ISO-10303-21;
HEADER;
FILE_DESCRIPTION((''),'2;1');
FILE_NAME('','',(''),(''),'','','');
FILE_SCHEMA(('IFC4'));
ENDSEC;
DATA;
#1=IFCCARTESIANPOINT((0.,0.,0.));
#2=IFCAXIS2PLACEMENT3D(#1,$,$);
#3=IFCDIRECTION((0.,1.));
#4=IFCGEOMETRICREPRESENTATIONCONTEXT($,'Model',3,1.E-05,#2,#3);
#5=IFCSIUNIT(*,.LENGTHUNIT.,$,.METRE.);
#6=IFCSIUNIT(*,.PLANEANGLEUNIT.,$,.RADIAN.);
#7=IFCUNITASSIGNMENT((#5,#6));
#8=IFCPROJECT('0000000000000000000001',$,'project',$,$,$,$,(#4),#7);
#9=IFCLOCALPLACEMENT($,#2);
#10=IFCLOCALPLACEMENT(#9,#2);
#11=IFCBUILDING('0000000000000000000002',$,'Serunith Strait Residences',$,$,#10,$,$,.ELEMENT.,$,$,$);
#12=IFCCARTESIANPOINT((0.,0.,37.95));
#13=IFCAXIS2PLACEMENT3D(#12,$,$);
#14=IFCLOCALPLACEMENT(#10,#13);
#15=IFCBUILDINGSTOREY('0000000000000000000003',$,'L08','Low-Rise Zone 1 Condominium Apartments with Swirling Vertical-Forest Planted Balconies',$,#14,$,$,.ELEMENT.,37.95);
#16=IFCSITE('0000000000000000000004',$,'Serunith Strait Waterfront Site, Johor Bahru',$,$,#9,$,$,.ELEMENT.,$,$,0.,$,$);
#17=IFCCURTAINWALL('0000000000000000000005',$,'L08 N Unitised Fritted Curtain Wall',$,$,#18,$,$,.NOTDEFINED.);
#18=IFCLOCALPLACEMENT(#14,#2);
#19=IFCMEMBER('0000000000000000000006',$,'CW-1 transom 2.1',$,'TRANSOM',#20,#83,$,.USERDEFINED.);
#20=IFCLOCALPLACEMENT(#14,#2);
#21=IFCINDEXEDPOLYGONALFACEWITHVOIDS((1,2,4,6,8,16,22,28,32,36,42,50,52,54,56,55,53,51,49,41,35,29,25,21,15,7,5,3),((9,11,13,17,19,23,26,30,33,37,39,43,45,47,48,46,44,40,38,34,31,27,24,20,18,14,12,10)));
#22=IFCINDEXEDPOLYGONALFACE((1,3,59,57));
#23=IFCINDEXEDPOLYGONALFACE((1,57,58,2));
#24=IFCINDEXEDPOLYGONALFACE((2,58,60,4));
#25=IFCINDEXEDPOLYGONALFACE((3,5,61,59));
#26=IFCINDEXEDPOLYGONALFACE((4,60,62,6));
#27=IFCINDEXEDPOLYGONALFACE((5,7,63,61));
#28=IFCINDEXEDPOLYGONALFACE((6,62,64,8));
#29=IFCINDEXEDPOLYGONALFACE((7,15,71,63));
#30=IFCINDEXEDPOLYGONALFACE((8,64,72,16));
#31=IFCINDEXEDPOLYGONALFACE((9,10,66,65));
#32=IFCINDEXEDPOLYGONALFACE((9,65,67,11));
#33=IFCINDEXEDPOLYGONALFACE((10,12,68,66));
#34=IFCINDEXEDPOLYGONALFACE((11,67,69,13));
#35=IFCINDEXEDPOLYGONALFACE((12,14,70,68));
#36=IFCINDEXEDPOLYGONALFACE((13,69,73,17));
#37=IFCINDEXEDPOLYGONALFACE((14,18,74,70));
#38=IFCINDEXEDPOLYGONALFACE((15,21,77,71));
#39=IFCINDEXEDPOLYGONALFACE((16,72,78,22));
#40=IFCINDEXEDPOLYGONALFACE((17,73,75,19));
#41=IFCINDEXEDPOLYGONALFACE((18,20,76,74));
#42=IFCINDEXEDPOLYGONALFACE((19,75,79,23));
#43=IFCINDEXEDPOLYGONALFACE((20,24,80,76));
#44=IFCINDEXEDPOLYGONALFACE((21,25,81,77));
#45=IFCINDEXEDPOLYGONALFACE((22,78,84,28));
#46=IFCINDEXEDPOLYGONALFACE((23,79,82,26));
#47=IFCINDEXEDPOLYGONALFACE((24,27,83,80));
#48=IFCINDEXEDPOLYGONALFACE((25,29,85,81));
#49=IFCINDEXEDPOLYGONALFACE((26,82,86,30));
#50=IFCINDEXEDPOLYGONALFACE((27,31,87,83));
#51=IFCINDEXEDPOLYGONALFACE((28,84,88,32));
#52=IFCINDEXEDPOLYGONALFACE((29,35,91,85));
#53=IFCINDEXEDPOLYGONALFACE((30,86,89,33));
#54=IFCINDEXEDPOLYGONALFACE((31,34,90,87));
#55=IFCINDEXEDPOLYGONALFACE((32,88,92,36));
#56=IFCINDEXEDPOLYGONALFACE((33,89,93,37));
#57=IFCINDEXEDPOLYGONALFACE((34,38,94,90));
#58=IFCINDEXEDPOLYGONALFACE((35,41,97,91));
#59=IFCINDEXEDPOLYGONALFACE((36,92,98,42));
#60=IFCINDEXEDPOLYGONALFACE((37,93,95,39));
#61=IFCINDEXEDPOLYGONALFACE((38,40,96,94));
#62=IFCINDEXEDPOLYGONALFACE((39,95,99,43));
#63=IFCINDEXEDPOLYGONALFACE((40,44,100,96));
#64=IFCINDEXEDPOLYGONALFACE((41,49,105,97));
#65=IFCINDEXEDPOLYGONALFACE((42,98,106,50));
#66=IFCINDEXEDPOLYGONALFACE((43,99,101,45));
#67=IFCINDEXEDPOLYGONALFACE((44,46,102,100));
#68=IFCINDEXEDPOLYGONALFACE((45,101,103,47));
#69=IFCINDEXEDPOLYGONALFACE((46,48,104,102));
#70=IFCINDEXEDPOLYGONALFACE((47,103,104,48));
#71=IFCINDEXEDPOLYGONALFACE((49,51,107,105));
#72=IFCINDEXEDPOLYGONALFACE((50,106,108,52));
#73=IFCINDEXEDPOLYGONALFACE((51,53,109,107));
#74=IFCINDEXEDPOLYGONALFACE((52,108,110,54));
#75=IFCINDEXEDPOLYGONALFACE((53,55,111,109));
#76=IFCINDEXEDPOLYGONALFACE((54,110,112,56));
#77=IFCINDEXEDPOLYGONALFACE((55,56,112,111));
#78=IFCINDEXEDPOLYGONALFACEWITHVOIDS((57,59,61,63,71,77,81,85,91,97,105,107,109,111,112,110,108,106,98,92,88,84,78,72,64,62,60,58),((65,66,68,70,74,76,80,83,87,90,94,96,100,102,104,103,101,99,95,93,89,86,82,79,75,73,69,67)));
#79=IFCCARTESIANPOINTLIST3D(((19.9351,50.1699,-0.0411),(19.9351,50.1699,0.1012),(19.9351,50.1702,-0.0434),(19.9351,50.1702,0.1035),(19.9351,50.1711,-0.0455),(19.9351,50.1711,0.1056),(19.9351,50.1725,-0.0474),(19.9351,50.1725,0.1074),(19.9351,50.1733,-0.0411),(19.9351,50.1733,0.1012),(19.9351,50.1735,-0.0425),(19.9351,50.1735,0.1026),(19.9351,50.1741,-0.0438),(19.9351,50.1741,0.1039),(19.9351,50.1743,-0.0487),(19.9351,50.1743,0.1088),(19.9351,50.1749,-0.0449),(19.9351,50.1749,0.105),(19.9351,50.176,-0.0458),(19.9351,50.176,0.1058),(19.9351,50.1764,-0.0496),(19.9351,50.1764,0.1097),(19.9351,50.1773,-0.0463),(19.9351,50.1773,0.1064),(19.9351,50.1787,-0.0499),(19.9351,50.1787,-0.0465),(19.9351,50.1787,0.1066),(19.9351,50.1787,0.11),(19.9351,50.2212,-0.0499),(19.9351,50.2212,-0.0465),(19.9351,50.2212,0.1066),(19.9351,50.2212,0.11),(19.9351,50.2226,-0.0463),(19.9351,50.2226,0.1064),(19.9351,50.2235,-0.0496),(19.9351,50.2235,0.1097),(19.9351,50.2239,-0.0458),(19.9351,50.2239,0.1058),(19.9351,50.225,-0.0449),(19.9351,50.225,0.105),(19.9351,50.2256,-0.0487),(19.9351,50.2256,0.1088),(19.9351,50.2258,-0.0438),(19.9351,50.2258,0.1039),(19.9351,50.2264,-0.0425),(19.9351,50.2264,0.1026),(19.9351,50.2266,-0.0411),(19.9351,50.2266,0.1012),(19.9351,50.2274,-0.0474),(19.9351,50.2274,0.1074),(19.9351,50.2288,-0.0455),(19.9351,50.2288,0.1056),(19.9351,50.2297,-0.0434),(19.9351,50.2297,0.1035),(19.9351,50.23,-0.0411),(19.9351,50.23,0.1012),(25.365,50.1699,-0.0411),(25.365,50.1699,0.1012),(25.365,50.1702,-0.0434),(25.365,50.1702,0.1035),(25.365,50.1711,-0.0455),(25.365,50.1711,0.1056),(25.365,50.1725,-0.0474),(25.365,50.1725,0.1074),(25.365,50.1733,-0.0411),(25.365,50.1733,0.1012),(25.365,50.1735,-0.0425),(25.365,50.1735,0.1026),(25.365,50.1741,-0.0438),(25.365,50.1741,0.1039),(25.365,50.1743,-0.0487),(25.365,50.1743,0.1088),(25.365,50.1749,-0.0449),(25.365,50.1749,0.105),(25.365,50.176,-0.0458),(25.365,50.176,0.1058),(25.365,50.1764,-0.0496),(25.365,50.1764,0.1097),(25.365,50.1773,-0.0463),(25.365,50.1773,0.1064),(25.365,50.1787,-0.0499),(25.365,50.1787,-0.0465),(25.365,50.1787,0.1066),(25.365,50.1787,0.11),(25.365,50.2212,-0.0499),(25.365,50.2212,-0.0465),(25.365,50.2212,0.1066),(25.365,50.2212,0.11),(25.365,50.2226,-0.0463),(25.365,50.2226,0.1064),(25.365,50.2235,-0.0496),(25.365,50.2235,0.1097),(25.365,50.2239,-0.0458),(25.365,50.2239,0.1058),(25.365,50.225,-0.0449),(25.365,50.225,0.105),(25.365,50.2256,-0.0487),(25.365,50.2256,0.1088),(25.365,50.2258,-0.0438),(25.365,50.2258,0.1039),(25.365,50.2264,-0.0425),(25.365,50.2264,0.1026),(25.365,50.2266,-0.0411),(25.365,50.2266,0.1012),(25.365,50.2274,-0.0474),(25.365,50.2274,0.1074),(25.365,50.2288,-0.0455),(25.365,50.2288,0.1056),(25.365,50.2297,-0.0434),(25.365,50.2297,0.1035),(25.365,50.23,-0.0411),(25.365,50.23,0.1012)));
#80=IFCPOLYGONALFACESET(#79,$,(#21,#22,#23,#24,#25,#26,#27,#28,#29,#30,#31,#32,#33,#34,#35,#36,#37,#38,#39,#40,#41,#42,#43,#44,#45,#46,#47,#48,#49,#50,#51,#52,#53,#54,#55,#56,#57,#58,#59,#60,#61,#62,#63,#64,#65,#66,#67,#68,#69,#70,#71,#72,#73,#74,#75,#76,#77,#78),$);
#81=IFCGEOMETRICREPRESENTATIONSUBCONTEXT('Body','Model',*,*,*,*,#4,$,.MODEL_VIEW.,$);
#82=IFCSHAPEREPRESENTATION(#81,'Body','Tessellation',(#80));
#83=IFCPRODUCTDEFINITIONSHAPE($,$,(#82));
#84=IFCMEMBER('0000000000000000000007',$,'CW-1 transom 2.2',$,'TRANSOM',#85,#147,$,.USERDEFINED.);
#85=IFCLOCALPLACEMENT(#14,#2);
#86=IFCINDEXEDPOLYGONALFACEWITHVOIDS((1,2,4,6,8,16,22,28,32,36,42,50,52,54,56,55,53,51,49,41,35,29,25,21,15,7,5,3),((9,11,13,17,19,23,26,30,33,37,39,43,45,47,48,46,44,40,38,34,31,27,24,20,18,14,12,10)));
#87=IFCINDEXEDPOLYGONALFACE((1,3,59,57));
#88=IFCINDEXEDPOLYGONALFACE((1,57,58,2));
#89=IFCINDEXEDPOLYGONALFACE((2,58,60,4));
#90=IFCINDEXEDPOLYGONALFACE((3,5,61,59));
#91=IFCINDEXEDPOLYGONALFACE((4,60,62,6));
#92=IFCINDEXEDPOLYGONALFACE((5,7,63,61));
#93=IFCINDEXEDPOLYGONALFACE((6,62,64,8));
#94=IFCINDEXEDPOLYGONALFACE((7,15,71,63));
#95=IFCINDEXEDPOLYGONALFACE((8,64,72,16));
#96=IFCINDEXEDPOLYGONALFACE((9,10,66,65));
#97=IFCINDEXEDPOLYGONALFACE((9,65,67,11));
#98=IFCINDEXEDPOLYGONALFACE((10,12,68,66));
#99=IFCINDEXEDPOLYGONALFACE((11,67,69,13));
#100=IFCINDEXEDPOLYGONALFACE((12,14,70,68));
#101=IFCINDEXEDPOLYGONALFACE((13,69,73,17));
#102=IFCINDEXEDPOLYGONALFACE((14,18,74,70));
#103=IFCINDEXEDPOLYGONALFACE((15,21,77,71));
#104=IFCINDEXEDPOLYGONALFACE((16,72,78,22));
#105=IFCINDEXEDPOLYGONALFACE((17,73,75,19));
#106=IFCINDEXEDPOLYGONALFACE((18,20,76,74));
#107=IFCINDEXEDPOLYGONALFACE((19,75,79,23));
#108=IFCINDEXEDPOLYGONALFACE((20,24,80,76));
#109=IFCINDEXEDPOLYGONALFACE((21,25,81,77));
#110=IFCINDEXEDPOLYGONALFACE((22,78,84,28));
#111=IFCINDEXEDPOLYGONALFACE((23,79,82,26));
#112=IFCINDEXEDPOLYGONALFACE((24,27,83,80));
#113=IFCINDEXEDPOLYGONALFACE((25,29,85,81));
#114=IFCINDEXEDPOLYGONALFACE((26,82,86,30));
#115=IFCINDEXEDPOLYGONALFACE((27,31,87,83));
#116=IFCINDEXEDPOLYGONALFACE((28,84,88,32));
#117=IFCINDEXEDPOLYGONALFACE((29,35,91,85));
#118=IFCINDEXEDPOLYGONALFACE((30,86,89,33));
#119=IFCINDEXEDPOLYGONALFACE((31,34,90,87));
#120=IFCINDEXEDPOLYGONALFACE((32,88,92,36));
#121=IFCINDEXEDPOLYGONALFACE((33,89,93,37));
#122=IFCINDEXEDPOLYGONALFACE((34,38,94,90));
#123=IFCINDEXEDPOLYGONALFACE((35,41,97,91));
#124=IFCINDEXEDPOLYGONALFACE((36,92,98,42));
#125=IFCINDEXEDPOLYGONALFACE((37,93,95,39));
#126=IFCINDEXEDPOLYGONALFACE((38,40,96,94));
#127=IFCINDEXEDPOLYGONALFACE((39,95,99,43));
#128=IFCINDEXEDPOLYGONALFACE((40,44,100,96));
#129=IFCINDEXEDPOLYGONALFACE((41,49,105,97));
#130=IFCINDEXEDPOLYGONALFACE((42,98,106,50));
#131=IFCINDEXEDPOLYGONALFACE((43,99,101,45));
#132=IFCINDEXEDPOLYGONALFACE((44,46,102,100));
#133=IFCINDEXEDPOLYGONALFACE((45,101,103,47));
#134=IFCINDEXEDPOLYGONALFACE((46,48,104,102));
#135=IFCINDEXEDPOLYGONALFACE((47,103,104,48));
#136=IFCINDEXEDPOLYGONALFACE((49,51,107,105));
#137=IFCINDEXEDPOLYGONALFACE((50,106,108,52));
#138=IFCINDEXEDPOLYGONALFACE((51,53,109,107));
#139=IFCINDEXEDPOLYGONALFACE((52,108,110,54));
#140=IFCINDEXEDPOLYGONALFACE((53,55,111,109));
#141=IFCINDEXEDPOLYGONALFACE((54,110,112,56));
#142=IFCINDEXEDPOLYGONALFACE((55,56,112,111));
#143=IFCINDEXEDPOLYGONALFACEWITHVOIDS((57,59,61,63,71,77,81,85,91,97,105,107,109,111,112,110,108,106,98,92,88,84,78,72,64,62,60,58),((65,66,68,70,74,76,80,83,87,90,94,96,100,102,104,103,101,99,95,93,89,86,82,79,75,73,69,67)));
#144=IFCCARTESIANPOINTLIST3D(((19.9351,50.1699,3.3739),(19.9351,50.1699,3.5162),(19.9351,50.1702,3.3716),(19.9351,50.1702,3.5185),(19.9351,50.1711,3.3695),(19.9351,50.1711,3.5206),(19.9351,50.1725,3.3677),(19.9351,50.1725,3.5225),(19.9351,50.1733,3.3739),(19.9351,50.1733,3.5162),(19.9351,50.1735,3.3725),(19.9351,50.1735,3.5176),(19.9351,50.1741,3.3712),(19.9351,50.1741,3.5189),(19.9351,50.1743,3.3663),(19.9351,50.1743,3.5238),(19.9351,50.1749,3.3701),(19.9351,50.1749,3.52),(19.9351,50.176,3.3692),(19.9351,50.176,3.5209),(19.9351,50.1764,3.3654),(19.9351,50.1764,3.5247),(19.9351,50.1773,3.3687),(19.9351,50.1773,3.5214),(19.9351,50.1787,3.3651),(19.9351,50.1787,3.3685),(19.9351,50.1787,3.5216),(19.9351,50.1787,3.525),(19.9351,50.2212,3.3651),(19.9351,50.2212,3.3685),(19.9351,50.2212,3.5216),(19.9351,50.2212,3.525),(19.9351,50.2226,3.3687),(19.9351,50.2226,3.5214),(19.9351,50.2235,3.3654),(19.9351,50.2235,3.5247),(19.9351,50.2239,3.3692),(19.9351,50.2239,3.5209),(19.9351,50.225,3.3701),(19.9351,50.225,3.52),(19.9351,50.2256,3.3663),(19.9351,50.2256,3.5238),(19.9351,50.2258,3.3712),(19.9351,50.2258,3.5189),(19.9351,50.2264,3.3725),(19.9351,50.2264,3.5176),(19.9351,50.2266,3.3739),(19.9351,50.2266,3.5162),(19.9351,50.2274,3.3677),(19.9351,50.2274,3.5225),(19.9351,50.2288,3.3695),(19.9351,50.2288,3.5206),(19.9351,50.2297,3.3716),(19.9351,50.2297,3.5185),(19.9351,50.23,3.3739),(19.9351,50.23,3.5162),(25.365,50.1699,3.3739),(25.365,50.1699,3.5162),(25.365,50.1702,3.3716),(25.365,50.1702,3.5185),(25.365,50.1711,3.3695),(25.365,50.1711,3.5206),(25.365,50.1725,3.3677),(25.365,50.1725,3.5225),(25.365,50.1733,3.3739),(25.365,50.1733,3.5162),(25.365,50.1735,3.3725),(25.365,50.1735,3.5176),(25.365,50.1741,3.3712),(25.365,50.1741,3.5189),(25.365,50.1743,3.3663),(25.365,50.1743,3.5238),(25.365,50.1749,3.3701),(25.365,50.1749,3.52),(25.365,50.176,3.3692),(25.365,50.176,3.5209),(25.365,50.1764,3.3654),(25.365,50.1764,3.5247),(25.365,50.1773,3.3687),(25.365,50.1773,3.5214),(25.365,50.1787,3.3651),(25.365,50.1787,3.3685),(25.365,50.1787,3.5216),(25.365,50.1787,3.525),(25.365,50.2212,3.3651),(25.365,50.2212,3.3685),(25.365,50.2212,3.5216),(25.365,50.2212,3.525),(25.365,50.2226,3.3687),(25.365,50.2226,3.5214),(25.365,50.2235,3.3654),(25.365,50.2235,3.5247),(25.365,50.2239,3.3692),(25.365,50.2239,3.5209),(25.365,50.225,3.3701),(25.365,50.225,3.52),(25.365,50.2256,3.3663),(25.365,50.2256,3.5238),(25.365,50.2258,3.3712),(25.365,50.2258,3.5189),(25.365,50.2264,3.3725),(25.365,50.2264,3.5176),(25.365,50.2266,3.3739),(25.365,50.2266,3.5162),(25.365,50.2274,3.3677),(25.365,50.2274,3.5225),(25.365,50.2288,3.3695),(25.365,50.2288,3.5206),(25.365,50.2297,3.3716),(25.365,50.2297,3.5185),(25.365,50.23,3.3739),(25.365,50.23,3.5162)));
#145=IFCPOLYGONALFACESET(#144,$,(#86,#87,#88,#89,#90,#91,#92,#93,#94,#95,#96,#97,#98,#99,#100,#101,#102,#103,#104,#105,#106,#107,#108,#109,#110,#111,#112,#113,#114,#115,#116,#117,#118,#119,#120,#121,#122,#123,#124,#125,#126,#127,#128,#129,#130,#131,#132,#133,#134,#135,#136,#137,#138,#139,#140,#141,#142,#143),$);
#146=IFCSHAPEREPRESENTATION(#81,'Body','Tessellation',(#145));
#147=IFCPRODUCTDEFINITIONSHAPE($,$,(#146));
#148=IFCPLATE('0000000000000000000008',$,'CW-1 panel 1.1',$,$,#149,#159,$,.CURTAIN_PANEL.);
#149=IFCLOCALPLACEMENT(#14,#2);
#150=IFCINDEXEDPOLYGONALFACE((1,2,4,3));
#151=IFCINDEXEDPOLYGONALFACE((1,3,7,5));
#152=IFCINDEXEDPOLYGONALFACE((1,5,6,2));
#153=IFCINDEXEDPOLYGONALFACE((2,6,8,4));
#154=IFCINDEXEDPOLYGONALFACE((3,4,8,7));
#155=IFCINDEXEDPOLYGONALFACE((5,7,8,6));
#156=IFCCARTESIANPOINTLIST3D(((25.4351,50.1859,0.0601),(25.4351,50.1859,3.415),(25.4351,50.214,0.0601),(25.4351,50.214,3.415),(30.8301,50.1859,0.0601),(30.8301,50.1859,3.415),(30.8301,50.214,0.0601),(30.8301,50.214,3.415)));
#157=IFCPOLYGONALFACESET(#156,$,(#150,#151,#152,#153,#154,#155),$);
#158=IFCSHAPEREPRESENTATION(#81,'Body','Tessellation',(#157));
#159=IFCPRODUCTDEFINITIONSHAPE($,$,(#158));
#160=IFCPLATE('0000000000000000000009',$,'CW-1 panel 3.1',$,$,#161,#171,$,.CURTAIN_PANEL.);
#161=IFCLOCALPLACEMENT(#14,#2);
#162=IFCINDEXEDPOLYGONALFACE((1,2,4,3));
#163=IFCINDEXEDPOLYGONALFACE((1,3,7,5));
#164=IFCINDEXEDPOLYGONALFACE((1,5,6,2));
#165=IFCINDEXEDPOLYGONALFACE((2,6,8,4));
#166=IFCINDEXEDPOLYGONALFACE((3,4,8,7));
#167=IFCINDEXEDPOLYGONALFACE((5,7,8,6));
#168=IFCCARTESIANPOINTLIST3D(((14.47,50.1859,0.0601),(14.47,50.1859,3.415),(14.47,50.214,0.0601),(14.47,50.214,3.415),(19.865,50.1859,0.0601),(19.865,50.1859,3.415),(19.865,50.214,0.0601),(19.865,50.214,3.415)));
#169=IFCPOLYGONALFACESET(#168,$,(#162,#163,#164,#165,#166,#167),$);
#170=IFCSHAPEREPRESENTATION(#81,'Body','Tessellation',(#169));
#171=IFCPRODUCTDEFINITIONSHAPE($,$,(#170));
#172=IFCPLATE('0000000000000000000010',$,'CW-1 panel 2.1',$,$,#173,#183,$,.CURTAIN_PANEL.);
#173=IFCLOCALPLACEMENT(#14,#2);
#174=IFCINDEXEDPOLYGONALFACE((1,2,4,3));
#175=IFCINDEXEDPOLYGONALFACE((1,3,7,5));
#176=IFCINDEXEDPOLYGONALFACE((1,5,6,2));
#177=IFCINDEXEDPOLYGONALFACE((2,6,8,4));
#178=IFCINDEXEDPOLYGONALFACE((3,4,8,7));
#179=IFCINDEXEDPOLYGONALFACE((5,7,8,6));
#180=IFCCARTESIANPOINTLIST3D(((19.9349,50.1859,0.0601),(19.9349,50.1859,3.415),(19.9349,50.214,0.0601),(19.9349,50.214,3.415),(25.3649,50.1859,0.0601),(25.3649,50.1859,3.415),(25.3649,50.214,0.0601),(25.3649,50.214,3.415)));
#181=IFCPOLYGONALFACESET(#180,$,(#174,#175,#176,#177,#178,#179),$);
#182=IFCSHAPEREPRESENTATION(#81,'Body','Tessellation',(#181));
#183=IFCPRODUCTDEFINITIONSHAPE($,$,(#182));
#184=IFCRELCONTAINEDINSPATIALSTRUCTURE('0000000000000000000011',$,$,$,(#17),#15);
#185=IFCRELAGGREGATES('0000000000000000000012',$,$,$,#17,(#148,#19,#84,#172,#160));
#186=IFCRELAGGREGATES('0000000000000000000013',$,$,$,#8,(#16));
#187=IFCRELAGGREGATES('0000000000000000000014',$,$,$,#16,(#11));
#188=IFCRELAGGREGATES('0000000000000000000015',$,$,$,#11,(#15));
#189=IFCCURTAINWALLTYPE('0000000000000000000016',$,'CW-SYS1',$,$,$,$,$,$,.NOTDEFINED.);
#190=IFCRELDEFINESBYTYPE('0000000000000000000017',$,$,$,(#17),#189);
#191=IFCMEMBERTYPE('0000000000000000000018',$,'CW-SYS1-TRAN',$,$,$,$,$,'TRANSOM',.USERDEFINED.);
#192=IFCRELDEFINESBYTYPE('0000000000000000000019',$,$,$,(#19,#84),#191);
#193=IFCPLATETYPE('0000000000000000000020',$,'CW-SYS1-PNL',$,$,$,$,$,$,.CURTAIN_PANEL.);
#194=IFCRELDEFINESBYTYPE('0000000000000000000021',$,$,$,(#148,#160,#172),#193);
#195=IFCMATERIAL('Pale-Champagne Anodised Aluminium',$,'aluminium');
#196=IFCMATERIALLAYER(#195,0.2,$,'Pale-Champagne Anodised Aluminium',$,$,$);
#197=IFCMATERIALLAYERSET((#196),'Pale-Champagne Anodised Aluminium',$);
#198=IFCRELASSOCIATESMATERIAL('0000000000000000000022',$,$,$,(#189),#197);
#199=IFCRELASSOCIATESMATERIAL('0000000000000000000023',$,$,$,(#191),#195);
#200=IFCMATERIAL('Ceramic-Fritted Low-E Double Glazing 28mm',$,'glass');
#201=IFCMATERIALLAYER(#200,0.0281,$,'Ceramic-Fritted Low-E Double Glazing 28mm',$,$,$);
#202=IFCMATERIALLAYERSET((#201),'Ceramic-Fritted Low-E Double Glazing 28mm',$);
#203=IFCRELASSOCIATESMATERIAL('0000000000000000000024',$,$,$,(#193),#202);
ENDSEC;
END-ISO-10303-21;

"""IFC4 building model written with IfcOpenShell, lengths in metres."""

from ifc_helpers import new_model, si_unit, direction, frame, origin, origin_2d, place, context, subcontext, project, spatial, rectangle, hollow_rectangle, extrude, source, transform, mapped, material, layer, layer_set, material_profile, profile_set, type_object, element, aggregate, save


model = new_model("IFC4")

# Units and contexts
model_context = context("Model", 3, precision=1e-05, world=origin(), true_north=direction((0.0, 1.0)))
body_context = subcontext(model_context, "Body", "Model", "MODEL_VIEW")
ifc_project = project(units=[si_unit("LENGTHUNIT", "METRE"), si_unit("PLANEANGLEUNIT", "RADIAN")], contexts=[model_context])

# Site, building, storey
site_placement = place(None, origin())
site = spatial("IfcSite", under=ifc_project, at=site_placement, Name="Serunith Strait Waterfront Site, Johor Bahru", CompositionType="ELEMENT", RefElevation=0.0)
building_placement = place(site_placement, origin())
building = spatial("IfcBuilding", under=site, at=building_placement, Name="Serunith Strait Residences", CompositionType="ELEMENT")
storey_placement = place(building_placement, frame((0.0, 0.0, 37.95)))
storey = spatial("IfcBuildingStorey", under=building, at=storey_placement, Name="L08", Description="Low-Rise Zone 1 Condominium Apartments with Swirling Vertical-Forest Planted Balconies", CompositionType="ELEMENT", Elevation=37.95)

# Curtain wall, members, plates
ifc_material_1 = material(Name="Pale-Champagne Anodised Aluminium", Category="aluminium")
ifc_layer_1 = layer(ifc_material_1, 0.2, Name="Pale-Champagne Anodised Aluminium")
ifc_layer_set_1 = layer_set([ifc_layer_1], Name="Pale-Champagne Anodised Aluminium")
curtain_wall_type = type_object("IfcCurtainWallType", Name="CW-SYS1", PredefinedType="NOTDEFINED", material=ifc_layer_set_1)
curtain_wall_placement = place(storey_placement, origin())
curtain_wall = element("IfcCurtainWall", 1, at=curtain_wall_placement, inside=storey, type_object=curtain_wall_type, Name="L08 N Unitised Fritted Curtain Wall", PredefinedType="NOTDEFINED")
ifc_material_profile_1 = material_profile(ifc_material_1, hollow_rectangle(XDim=0.0601, YDim=0.1599, WallThickness=0.0034, InnerFilletRadius=0.0054, OuterFilletRadius=0.0088, at=origin_2d()), Name="ALU 160x60x3.5")
ifc_profile_set_1 = profile_set([ifc_material_profile_1], Name="Pale-Champagne Anodised Aluminium")
member_type_1 = type_object("IfcMemberType", Name="CW-SYS1-TRAN", ElementType="TRANSOM", PredefinedType="USERDEFINED", material=ifc_profile_set_1)
shared_shape_1 = source(origin(), body_context, "Body", "SweptSolid", [
    extrude(hollow_rectangle(XDim=0.0601, YDim=0.1599, WallThickness=0.0034, InnerFilletRadius=0.0054, OuterFilletRadius=0.0088, at=origin_2d()), origin(), (0.0, 0.0, 1.0), 5.4299),
])
member_1_placement = place(storey_placement, frame((25.365, 50.2, 0.03), z_axis=(-1.0, 0.0, 0.0), x_axis=(0.0, -1.0, 0.0)))
member_1 = element("IfcMember", 2, at=member_1_placement, type_object=member_type_1, Name="CW-1 transom 2.1", ObjectType="TRANSOM", PredefinedType="USERDEFINED", context=body_context, shape_type="MappedRepresentation", body=[
    mapped(shared_shape_1, transform((0.0, 0.0, 0.0), scale=1.0)),
])
member_2_placement = place(storey_placement, frame((25.365, 50.2, 3.4451), z_axis=(-1.0, 0.0, 0.0), x_axis=(0.0, -1.0, 0.0)))
member_2 = element("IfcMember", 3, at=member_2_placement, type_object=member_type_1, Name="CW-1 transom 2.2", ObjectType="TRANSOM", PredefinedType="USERDEFINED", context=body_context, shape_type="MappedRepresentation", body=[
    mapped(shared_shape_1, transform((0.0, 0.0, 0.0), scale=1.0)),
])
ifc_material_2 = material(Name="Ceramic-Fritted Low-E Double Glazing 28mm", Category="glass")
ifc_layer_2 = layer(ifc_material_2, 0.0281, Name="Ceramic-Fritted Low-E Double Glazing 28mm")
ifc_layer_set_2 = layer_set([ifc_layer_2], Name="Ceramic-Fritted Low-E Double Glazing 28mm")
plate_type = type_object("IfcPlateType", Name="CW-SYS1-PNL", PredefinedType="CURTAIN_PANEL", material=ifc_layer_set_2)
shared_shape_2 = source(origin(), body_context, "Body", "SweptSolid", [
    extrude(rectangle(XDim=5.395, YDim=0.0281, at=origin_2d()), origin(), (0.0, 0.0, 1.0), 3.355),
])
plate_1_placement = place(storey_placement, frame((28.1326, 50.2, 0.0601), z_axis=(0.0, 0.0, 1.0), x_axis=(-1.0, 0.0, 0.0)))
plate_1 = element("IfcPlate", 4, at=plate_1_placement, type_object=plate_type, Name="CW-1 panel 1.1", PredefinedType="CURTAIN_PANEL", context=body_context, shape_type="MappedRepresentation", body=[
    mapped(shared_shape_2, transform((0.0, 0.0, 0.0), scale=1.0)),
])
plate_2_placement = place(storey_placement, frame((17.1675, 50.2, 0.0601), z_axis=(0.0, 0.0, 1.0), x_axis=(-1.0, 0.0, 0.0)))
plate_2 = element("IfcPlate", 5, at=plate_2_placement, type_object=plate_type, Name="CW-1 panel 3.1", PredefinedType="CURTAIN_PANEL", context=body_context, shape_type="MappedRepresentation", body=[
    mapped(shared_shape_2, transform((0.0, 0.0, 0.0), scale=1.0)),
])
shared_shape_3 = source(origin(), body_context, "Body", "SweptSolid", [
    extrude(rectangle(XDim=5.4299, YDim=0.0281, at=origin_2d()), origin(), (0.0, 0.0, 1.0), 3.355),
])
plate_3_placement = place(storey_placement, frame((22.6499, 50.2, 0.0601), z_axis=(0.0, 0.0, 1.0), x_axis=(-1.0, 0.0, 0.0)))
plate_3 = element("IfcPlate", 6, at=plate_3_placement, type_object=plate_type, Name="CW-1 panel 2.1", PredefinedType="CURTAIN_PANEL", context=body_context, shape_type="MappedRepresentation", body=[
    mapped(shared_shape_3, transform((0.0, 0.0, 0.0), scale=1.0)),
])
aggregate(curtain_wall, [plate_1, member_1, member_2, plate_3, plate_2])

save(model, "model.ifc")
